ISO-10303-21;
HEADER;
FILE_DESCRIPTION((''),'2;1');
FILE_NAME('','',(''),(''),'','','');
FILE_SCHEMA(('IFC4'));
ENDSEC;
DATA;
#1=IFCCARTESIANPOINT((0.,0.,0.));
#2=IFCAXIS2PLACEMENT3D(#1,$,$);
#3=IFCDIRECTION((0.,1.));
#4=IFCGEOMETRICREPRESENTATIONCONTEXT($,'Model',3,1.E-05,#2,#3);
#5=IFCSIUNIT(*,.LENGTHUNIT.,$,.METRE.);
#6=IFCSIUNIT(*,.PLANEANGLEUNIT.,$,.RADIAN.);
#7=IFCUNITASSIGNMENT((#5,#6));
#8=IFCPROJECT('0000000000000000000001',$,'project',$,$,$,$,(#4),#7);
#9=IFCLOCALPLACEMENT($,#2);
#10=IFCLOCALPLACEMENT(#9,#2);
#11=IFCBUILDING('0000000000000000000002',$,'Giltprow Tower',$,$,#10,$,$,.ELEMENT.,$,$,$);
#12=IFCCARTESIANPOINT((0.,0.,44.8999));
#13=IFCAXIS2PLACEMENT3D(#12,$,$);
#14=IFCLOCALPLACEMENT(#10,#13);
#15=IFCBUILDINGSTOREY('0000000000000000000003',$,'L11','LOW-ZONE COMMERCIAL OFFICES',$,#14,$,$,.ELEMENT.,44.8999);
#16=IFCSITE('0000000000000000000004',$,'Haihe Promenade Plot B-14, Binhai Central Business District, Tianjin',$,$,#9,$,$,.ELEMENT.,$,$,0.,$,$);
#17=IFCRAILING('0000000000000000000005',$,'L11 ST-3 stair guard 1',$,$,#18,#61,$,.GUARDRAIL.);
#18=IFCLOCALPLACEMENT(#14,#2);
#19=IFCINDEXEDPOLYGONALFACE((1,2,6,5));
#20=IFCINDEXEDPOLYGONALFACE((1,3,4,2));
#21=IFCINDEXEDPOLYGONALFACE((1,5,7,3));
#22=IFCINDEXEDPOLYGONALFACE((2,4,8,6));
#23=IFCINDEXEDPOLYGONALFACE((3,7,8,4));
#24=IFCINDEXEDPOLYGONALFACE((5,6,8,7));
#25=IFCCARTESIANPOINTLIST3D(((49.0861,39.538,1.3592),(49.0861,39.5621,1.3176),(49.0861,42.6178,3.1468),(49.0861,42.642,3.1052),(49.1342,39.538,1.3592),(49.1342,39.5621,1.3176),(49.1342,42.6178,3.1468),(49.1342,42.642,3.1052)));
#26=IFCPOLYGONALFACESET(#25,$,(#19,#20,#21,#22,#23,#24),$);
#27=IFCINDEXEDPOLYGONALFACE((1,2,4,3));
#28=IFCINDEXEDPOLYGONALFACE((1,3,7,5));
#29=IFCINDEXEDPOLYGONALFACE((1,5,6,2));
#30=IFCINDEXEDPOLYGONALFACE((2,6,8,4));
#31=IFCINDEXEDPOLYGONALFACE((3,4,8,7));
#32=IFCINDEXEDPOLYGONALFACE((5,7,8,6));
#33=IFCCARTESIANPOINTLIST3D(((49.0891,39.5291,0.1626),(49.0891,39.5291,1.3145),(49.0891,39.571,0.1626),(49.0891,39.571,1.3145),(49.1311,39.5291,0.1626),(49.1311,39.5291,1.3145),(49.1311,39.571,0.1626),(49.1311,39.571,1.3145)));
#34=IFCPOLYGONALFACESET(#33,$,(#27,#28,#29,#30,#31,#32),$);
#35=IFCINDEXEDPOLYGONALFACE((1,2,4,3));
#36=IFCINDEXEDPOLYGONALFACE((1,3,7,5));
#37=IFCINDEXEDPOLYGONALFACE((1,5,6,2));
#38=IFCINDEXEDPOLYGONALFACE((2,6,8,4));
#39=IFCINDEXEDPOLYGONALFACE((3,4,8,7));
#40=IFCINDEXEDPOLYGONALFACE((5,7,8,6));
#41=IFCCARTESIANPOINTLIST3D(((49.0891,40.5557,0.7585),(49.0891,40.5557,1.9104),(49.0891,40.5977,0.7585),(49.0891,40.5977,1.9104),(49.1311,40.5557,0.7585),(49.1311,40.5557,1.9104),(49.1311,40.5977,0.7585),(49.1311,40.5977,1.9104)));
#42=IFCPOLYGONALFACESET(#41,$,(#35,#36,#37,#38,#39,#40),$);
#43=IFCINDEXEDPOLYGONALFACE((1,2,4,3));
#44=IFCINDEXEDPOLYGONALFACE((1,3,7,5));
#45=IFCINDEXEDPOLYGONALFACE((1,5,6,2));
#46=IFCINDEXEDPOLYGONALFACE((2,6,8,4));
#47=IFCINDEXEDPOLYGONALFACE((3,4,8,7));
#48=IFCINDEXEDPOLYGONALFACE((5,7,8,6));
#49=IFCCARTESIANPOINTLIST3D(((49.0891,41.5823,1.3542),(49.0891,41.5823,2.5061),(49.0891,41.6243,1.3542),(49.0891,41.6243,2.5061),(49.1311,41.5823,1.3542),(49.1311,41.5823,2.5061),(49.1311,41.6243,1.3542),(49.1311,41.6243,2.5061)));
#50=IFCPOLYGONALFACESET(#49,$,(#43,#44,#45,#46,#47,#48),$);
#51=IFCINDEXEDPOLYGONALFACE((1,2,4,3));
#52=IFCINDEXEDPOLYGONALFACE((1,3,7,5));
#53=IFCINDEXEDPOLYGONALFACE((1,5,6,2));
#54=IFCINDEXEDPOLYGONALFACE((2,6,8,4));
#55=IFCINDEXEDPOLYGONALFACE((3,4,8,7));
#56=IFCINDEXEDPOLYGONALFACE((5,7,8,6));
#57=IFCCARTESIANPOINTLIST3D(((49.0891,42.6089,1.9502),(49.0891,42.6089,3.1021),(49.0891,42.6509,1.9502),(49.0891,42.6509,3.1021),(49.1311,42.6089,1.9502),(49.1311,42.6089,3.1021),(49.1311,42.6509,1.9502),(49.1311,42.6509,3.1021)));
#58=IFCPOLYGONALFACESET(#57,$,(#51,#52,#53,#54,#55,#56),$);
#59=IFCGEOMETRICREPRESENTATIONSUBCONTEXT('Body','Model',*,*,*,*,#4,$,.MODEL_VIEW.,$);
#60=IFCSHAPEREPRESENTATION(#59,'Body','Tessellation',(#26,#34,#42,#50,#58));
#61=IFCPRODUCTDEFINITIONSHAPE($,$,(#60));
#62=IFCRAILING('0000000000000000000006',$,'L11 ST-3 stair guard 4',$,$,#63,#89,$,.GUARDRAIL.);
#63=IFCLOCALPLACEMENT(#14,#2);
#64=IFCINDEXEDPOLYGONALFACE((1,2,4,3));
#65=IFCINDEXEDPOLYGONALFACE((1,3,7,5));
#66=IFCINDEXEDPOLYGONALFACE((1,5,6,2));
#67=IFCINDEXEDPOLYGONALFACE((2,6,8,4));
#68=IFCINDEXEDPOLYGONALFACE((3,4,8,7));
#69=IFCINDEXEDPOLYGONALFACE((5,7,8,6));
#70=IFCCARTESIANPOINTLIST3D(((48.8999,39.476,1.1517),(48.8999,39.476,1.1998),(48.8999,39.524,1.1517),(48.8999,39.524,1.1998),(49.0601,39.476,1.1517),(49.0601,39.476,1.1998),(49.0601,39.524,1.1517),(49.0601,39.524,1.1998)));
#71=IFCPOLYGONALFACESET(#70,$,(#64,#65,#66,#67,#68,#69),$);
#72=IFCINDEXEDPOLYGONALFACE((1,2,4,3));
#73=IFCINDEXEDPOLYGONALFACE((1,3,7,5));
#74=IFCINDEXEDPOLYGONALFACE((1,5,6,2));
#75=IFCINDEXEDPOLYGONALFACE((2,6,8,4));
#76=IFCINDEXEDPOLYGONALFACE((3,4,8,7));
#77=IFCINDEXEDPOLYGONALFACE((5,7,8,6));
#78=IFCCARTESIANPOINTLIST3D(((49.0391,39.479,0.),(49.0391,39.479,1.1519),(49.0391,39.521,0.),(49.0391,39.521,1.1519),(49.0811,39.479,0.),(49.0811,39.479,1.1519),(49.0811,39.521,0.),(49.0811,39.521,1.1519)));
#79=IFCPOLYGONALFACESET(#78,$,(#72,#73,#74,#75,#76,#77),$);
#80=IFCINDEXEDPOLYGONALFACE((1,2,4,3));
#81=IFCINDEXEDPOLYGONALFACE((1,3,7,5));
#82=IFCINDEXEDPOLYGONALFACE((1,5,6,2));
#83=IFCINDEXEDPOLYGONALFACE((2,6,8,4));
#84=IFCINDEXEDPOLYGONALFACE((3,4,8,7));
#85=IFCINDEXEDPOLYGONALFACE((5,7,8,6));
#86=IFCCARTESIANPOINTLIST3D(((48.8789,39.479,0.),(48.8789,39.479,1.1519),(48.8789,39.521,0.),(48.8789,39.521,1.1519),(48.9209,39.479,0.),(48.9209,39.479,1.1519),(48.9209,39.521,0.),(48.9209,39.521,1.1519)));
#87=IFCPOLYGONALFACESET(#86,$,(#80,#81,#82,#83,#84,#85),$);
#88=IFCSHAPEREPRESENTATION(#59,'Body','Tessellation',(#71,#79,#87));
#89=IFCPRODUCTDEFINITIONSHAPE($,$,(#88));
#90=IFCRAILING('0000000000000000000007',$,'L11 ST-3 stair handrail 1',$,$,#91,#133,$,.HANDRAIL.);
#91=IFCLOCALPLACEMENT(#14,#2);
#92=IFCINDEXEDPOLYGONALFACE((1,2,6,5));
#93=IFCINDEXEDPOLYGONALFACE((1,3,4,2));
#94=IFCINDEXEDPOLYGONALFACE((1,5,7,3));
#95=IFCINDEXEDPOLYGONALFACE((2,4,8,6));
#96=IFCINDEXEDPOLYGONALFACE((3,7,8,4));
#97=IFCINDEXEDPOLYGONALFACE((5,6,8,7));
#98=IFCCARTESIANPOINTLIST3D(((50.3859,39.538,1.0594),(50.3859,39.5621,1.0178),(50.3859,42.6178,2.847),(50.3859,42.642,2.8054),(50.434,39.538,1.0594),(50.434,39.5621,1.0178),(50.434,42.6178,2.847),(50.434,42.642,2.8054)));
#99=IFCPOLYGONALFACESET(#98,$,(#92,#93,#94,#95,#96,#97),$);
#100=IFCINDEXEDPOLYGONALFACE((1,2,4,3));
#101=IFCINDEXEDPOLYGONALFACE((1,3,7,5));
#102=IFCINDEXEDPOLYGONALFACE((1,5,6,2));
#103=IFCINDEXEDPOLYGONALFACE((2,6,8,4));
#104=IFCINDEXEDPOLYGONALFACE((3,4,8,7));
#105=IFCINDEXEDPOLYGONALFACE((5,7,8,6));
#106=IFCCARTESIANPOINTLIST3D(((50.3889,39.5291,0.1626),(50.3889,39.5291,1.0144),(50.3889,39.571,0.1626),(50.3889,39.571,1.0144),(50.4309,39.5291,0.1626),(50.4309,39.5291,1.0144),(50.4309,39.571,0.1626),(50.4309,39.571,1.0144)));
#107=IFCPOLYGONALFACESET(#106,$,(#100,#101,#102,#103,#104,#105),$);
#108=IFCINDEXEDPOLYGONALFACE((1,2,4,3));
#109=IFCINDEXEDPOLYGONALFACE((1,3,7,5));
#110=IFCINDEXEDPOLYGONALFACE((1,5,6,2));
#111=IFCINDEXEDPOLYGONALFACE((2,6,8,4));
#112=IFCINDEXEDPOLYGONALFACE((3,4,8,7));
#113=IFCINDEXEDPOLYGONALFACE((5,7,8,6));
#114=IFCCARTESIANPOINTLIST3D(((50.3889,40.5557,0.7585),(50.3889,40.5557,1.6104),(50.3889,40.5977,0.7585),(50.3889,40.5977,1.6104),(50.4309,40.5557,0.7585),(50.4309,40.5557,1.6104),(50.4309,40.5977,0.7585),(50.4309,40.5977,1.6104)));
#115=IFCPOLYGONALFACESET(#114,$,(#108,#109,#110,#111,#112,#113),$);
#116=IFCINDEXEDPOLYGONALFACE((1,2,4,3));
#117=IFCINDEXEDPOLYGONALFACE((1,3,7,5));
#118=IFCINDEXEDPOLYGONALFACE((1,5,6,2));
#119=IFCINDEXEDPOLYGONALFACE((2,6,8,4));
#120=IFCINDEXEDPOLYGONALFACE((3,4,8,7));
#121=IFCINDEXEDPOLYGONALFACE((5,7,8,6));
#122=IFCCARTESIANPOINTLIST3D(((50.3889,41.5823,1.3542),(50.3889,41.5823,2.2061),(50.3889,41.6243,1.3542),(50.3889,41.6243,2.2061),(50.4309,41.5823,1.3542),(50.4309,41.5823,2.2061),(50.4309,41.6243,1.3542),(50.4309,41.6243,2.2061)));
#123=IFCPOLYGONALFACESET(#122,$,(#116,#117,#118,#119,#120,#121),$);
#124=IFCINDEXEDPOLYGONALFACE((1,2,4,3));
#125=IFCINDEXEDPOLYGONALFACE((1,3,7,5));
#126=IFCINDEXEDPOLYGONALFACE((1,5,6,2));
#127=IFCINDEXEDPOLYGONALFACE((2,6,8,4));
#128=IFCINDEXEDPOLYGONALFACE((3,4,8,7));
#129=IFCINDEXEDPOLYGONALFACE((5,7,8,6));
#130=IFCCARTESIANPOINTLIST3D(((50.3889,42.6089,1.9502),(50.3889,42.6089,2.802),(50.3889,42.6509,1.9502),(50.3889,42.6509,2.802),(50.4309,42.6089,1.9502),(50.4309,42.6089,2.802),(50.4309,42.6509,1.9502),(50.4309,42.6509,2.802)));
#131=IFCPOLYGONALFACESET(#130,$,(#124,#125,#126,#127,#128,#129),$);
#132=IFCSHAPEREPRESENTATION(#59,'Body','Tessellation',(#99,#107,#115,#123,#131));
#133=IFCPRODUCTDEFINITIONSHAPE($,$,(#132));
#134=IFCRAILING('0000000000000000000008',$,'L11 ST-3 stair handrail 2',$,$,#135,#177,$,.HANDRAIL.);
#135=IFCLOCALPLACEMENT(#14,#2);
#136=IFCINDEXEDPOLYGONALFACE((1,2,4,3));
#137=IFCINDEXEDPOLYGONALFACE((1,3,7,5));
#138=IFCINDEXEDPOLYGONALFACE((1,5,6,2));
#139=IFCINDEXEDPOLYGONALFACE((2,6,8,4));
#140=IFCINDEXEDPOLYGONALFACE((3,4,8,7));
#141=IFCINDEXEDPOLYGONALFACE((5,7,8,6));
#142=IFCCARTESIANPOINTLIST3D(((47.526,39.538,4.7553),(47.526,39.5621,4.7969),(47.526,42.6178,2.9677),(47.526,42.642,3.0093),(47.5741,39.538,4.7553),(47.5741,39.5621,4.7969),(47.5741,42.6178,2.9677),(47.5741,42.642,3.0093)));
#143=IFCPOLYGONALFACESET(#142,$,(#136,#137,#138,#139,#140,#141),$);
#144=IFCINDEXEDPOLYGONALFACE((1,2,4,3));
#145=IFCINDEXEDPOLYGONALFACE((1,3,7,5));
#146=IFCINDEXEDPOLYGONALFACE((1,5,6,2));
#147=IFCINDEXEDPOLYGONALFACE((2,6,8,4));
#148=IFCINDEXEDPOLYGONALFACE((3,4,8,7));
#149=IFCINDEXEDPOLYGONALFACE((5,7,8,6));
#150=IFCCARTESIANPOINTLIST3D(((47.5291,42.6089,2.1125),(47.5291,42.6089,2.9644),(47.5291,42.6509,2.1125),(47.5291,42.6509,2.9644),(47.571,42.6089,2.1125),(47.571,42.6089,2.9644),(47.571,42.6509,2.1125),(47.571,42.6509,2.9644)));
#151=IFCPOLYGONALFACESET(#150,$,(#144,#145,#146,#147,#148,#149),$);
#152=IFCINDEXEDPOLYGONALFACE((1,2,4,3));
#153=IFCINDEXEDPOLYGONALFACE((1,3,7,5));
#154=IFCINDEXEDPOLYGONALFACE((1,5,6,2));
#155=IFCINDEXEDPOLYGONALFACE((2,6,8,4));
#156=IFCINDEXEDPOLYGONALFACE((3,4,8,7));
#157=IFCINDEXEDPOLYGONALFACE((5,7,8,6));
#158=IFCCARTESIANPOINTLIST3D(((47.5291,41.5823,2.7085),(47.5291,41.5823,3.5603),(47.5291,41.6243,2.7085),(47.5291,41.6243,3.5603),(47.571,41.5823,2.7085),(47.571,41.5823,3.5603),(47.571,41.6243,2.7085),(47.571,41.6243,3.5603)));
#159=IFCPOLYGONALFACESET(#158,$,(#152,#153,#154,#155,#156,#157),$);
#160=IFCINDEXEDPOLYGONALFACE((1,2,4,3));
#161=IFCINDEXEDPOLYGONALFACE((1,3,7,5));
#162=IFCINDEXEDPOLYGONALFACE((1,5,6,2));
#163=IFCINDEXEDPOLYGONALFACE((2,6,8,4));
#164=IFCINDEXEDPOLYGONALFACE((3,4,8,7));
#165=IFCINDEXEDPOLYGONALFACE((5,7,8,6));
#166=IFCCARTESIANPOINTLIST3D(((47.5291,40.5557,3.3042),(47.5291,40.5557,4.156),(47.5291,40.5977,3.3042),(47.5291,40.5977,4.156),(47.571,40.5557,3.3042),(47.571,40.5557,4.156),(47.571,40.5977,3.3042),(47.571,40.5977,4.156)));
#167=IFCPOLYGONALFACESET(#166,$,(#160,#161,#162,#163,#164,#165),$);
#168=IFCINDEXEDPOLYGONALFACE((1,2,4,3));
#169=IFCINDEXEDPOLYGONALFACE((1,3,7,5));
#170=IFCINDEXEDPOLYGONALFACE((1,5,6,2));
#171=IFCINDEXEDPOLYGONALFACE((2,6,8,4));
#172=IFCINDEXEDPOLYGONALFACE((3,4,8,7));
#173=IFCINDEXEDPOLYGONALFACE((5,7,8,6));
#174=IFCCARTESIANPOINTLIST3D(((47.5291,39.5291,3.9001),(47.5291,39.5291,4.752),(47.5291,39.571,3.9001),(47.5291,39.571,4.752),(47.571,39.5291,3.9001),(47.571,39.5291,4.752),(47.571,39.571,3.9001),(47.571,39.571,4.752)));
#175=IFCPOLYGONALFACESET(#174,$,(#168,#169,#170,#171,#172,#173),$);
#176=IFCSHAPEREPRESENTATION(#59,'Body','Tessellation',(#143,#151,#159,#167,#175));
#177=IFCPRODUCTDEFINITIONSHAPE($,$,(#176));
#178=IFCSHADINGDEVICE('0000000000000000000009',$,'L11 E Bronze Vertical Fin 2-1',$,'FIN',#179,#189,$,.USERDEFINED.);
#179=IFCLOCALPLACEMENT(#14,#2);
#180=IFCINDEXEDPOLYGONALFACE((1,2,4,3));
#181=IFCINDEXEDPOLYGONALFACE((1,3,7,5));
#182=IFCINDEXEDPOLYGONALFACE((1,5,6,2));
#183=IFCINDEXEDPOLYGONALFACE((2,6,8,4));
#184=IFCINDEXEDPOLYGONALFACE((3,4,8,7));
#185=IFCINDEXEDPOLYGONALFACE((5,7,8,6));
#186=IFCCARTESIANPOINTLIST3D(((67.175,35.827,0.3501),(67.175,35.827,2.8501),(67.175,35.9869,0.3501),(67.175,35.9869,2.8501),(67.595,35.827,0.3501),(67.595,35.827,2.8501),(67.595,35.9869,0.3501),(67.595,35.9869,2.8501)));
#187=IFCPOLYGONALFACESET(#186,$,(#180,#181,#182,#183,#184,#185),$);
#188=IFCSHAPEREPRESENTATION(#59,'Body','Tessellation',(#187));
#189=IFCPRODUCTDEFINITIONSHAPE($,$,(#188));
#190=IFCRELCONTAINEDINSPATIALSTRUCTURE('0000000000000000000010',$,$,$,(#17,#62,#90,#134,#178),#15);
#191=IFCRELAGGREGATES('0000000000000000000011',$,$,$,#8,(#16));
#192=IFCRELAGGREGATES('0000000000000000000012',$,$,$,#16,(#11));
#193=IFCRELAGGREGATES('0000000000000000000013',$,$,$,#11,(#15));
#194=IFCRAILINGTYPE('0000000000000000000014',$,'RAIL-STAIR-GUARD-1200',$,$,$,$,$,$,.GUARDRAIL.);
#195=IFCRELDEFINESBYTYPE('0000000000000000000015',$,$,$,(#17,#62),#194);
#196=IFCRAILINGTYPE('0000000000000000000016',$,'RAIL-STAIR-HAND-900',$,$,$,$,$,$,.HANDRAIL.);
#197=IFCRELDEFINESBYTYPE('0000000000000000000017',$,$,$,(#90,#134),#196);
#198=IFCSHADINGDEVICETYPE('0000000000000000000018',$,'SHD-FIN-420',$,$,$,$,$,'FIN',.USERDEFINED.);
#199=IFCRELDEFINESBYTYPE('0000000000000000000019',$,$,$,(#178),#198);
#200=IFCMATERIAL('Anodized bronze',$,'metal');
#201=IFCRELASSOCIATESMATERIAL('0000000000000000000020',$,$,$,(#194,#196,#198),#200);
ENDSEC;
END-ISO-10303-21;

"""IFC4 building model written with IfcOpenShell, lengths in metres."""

from ifc_helpers import new_model, si_unit, direction, frame, origin, origin_2d, place, context, subcontext, project, spatial, rectangle, extrude, source, transform, mapped, material, type_object, element, save


model = new_model("IFC4")

# Units and contexts
model_context = context("Model", 3, precision=1e-05, world=origin(), true_north=direction((0.0, 1.0)))
body_context = subcontext(model_context, "Body", "Model", "MODEL_VIEW")
ifc_project = project(units=[si_unit("LENGTHUNIT", "METRE"), si_unit("PLANEANGLEUNIT", "RADIAN")], contexts=[model_context])

# Site, building, storey
site_placement = place(None, origin())
site = spatial("IfcSite", under=ifc_project, at=site_placement, Name="Haihe Promenade Plot B-14, Binhai Central Business District, Tianjin", CompositionType="ELEMENT", RefElevation=0.0)
building_placement = place(site_placement, origin())
building = spatial("IfcBuilding", under=site, at=building_placement, Name="Giltprow Tower", CompositionType="ELEMENT")
storey_placement = place(building_placement, frame((0.0, 0.0, 44.8999)))
storey = spatial("IfcBuildingStorey", under=building, at=storey_placement, Name="L11", Description="LOW-ZONE COMMERCIAL OFFICES", CompositionType="ELEMENT", Elevation=44.8999)

# Railings
ifc_material_1 = material(Name="Anodized bronze", Category="metal")
railing_type_1 = type_object("IfcRailingType", Name="RAIL-STAIR-GUARD-1200", PredefinedType="GUARDRAIL", material=ifc_material_1)
railing_1_placement = place(storey_placement, frame((49.1101, 39.55, 0.1626)))
element("IfcRailing", 1, at=railing_1_placement, inside=storey, type_object=railing_type_1, Name="L11 ST-3 stair guard 1", PredefinedType="GUARDRAIL", context=body_context, shape_type="SweptSolid", body=[
    extrude(rectangle(XDim=0.0481, YDim=0.0481, at=origin_2d()), frame((0.0, 0.0, 1.1758), z_axis=(0.0, 0.864873, 0.50199), x_axis=(-1.0, 0.0, 0.0)), (0.0, 0.0, 1.0), 3.561),
    extrude(rectangle(XDim=0.042, YDim=0.042, at=origin_2d()), origin(), (0.0, 0.0, 1.0), 1.1519),
    extrude(rectangle(XDim=0.042, YDim=0.042, at=origin_2d()), frame((0.0, 1.0266, 0.5959)), (0.0, 0.0, 1.0), 1.1519),
    extrude(rectangle(XDim=0.042, YDim=0.042, at=origin_2d()), frame((0.0, 2.0532, 1.1917)), (0.0, 0.0, 1.0), 1.1519),
    extrude(rectangle(XDim=0.042, YDim=0.042, at=origin_2d()), frame((0.0, 3.0798, 1.7876)), (0.0, 0.0, 1.0), 1.1519),
])
railing_2_placement = place(storey_placement, frame((49.0601, 39.5, 0.0)))
element("IfcRailing", 2, at=railing_2_placement, inside=storey, type_object=railing_type_1, Name="L11 ST-3 stair guard 4", PredefinedType="GUARDRAIL", context=body_context, shape_type="SweptSolid", body=[
    extrude(rectangle(XDim=0.0481, YDim=0.0481, at=origin_2d()), frame((0.0, 0.0, 1.1758), z_axis=(-1.0, 0.0, 0.0), x_axis=(0.0, -1.0, 0.0)), (0.0, 0.0, 1.0), 0.1602),
    extrude(rectangle(XDim=0.042, YDim=0.042, at=origin_2d()), origin(), (0.0, 0.0, 1.0), 1.1519),
    extrude(rectangle(XDim=0.042, YDim=0.042, at=origin_2d()), frame((-0.1602, 0.0, 0.0)), (0.0, 0.0, 1.0), 1.1519),
])
railing_type_2 = type_object("IfcRailingType", Name="RAIL-STAIR-HAND-900", PredefinedType="HANDRAIL", material=ifc_material_1)
railing_3_placement = place(storey_placement, frame((50.4099, 39.55, 0.1626)))
element("IfcRailing", 3, at=railing_3_placement, inside=storey, type_object=railing_type_2, Name="L11 ST-3 stair handrail 1", PredefinedType="HANDRAIL", context=body_context, shape_type="SweptSolid", body=[
    extrude(rectangle(XDim=0.0481, YDim=0.0481, at=origin_2d()), frame((0.0, 0.0, 0.876), z_axis=(0.0, 0.864873, 0.50199), x_axis=(-1.0, 0.0, 0.0)), (0.0, 0.0, 1.0), 3.561),
    extrude(rectangle(XDim=0.042, YDim=0.042, at=origin_2d()), origin(), (0.0, 0.0, 1.0), 0.8518),
    extrude(rectangle(XDim=0.042, YDim=0.042, at=origin_2d()), frame((0.0, 1.0266, 0.5959)), (0.0, 0.0, 1.0), 0.8518),
    extrude(rectangle(XDim=0.042, YDim=0.042, at=origin_2d()), frame((0.0, 2.0532, 1.1917)), (0.0, 0.0, 1.0), 0.8518),
    extrude(rectangle(XDim=0.042, YDim=0.042, at=origin_2d()), frame((0.0, 3.0798, 1.7876)), (0.0, 0.0, 1.0), 0.8518),
])
railing_4_placement = place(storey_placement, frame((47.55, 42.6299, 2.1125)))
element("IfcRailing", 4, at=railing_4_placement, inside=storey, type_object=railing_type_2, Name="L11 ST-3 stair handrail 2", PredefinedType="HANDRAIL", context=body_context, shape_type="SweptSolid", body=[
    extrude(rectangle(XDim=0.0481, YDim=0.0481, at=origin_2d()), frame((0.0, 0.0, 0.876), z_axis=(0.0, -0.864873, 0.50199), x_axis=(1.0, 0.0, 0.0)), (0.0, 0.0, 1.0), 3.561),
    extrude(rectangle(XDim=0.042, YDim=0.042, at=origin_2d()), origin(), (0.0, 0.0, 1.0), 0.8518),
    extrude(rectangle(XDim=0.042, YDim=0.042, at=origin_2d()), frame((0.0, -1.0266, 0.5959)), (0.0, 0.0, 1.0), 0.8518),
    extrude(rectangle(XDim=0.042, YDim=0.042, at=origin_2d()), frame((0.0, -2.0532, 1.1917)), (0.0, 0.0, 1.0), 0.8518),
    extrude(rectangle(XDim=0.042, YDim=0.042, at=origin_2d()), frame((0.0, -3.0798, 1.7876)), (0.0, 0.0, 1.0), 0.8518),
])

# Shading device
shading_device_type = type_object("IfcShadingDeviceType", Name="SHD-FIN-420", ElementType="FIN", PredefinedType="USERDEFINED", material=ifc_material_1)
shared_shape_1 = source(origin(), body_context, "Body", "SweptSolid", [
    extrude(rectangle(XDim=0.4199, YDim=0.1599, at=origin_2d()), origin(), (0.0, 0.0, 1.0), 2.5),
])
shading_device_placement = place(storey_placement, frame((67.385, 35.907, 0.3501), z_axis=(0.0, 0.0, 1.0), x_axis=(1.0, 0.0, 0.0)))
element("IfcShadingDevice", 5, at=shading_device_placement, inside=storey, type_object=shading_device_type, Name="L11 E Bronze Vertical Fin 2-1", ObjectType="FIN", PredefinedType="USERDEFINED", context=body_context, shape_type="MappedRepresentation", body=[
    mapped(shared_shape_1, transform((0.0, 0.0, 0.0), x_axis=(1.0, 0.0, 0.0), y_axis=(0.0, 1.0, 0.0), z_axis=(0.0, 0.0, 1.0), scale=1.0)),
])

save(model, "model.ifc")
